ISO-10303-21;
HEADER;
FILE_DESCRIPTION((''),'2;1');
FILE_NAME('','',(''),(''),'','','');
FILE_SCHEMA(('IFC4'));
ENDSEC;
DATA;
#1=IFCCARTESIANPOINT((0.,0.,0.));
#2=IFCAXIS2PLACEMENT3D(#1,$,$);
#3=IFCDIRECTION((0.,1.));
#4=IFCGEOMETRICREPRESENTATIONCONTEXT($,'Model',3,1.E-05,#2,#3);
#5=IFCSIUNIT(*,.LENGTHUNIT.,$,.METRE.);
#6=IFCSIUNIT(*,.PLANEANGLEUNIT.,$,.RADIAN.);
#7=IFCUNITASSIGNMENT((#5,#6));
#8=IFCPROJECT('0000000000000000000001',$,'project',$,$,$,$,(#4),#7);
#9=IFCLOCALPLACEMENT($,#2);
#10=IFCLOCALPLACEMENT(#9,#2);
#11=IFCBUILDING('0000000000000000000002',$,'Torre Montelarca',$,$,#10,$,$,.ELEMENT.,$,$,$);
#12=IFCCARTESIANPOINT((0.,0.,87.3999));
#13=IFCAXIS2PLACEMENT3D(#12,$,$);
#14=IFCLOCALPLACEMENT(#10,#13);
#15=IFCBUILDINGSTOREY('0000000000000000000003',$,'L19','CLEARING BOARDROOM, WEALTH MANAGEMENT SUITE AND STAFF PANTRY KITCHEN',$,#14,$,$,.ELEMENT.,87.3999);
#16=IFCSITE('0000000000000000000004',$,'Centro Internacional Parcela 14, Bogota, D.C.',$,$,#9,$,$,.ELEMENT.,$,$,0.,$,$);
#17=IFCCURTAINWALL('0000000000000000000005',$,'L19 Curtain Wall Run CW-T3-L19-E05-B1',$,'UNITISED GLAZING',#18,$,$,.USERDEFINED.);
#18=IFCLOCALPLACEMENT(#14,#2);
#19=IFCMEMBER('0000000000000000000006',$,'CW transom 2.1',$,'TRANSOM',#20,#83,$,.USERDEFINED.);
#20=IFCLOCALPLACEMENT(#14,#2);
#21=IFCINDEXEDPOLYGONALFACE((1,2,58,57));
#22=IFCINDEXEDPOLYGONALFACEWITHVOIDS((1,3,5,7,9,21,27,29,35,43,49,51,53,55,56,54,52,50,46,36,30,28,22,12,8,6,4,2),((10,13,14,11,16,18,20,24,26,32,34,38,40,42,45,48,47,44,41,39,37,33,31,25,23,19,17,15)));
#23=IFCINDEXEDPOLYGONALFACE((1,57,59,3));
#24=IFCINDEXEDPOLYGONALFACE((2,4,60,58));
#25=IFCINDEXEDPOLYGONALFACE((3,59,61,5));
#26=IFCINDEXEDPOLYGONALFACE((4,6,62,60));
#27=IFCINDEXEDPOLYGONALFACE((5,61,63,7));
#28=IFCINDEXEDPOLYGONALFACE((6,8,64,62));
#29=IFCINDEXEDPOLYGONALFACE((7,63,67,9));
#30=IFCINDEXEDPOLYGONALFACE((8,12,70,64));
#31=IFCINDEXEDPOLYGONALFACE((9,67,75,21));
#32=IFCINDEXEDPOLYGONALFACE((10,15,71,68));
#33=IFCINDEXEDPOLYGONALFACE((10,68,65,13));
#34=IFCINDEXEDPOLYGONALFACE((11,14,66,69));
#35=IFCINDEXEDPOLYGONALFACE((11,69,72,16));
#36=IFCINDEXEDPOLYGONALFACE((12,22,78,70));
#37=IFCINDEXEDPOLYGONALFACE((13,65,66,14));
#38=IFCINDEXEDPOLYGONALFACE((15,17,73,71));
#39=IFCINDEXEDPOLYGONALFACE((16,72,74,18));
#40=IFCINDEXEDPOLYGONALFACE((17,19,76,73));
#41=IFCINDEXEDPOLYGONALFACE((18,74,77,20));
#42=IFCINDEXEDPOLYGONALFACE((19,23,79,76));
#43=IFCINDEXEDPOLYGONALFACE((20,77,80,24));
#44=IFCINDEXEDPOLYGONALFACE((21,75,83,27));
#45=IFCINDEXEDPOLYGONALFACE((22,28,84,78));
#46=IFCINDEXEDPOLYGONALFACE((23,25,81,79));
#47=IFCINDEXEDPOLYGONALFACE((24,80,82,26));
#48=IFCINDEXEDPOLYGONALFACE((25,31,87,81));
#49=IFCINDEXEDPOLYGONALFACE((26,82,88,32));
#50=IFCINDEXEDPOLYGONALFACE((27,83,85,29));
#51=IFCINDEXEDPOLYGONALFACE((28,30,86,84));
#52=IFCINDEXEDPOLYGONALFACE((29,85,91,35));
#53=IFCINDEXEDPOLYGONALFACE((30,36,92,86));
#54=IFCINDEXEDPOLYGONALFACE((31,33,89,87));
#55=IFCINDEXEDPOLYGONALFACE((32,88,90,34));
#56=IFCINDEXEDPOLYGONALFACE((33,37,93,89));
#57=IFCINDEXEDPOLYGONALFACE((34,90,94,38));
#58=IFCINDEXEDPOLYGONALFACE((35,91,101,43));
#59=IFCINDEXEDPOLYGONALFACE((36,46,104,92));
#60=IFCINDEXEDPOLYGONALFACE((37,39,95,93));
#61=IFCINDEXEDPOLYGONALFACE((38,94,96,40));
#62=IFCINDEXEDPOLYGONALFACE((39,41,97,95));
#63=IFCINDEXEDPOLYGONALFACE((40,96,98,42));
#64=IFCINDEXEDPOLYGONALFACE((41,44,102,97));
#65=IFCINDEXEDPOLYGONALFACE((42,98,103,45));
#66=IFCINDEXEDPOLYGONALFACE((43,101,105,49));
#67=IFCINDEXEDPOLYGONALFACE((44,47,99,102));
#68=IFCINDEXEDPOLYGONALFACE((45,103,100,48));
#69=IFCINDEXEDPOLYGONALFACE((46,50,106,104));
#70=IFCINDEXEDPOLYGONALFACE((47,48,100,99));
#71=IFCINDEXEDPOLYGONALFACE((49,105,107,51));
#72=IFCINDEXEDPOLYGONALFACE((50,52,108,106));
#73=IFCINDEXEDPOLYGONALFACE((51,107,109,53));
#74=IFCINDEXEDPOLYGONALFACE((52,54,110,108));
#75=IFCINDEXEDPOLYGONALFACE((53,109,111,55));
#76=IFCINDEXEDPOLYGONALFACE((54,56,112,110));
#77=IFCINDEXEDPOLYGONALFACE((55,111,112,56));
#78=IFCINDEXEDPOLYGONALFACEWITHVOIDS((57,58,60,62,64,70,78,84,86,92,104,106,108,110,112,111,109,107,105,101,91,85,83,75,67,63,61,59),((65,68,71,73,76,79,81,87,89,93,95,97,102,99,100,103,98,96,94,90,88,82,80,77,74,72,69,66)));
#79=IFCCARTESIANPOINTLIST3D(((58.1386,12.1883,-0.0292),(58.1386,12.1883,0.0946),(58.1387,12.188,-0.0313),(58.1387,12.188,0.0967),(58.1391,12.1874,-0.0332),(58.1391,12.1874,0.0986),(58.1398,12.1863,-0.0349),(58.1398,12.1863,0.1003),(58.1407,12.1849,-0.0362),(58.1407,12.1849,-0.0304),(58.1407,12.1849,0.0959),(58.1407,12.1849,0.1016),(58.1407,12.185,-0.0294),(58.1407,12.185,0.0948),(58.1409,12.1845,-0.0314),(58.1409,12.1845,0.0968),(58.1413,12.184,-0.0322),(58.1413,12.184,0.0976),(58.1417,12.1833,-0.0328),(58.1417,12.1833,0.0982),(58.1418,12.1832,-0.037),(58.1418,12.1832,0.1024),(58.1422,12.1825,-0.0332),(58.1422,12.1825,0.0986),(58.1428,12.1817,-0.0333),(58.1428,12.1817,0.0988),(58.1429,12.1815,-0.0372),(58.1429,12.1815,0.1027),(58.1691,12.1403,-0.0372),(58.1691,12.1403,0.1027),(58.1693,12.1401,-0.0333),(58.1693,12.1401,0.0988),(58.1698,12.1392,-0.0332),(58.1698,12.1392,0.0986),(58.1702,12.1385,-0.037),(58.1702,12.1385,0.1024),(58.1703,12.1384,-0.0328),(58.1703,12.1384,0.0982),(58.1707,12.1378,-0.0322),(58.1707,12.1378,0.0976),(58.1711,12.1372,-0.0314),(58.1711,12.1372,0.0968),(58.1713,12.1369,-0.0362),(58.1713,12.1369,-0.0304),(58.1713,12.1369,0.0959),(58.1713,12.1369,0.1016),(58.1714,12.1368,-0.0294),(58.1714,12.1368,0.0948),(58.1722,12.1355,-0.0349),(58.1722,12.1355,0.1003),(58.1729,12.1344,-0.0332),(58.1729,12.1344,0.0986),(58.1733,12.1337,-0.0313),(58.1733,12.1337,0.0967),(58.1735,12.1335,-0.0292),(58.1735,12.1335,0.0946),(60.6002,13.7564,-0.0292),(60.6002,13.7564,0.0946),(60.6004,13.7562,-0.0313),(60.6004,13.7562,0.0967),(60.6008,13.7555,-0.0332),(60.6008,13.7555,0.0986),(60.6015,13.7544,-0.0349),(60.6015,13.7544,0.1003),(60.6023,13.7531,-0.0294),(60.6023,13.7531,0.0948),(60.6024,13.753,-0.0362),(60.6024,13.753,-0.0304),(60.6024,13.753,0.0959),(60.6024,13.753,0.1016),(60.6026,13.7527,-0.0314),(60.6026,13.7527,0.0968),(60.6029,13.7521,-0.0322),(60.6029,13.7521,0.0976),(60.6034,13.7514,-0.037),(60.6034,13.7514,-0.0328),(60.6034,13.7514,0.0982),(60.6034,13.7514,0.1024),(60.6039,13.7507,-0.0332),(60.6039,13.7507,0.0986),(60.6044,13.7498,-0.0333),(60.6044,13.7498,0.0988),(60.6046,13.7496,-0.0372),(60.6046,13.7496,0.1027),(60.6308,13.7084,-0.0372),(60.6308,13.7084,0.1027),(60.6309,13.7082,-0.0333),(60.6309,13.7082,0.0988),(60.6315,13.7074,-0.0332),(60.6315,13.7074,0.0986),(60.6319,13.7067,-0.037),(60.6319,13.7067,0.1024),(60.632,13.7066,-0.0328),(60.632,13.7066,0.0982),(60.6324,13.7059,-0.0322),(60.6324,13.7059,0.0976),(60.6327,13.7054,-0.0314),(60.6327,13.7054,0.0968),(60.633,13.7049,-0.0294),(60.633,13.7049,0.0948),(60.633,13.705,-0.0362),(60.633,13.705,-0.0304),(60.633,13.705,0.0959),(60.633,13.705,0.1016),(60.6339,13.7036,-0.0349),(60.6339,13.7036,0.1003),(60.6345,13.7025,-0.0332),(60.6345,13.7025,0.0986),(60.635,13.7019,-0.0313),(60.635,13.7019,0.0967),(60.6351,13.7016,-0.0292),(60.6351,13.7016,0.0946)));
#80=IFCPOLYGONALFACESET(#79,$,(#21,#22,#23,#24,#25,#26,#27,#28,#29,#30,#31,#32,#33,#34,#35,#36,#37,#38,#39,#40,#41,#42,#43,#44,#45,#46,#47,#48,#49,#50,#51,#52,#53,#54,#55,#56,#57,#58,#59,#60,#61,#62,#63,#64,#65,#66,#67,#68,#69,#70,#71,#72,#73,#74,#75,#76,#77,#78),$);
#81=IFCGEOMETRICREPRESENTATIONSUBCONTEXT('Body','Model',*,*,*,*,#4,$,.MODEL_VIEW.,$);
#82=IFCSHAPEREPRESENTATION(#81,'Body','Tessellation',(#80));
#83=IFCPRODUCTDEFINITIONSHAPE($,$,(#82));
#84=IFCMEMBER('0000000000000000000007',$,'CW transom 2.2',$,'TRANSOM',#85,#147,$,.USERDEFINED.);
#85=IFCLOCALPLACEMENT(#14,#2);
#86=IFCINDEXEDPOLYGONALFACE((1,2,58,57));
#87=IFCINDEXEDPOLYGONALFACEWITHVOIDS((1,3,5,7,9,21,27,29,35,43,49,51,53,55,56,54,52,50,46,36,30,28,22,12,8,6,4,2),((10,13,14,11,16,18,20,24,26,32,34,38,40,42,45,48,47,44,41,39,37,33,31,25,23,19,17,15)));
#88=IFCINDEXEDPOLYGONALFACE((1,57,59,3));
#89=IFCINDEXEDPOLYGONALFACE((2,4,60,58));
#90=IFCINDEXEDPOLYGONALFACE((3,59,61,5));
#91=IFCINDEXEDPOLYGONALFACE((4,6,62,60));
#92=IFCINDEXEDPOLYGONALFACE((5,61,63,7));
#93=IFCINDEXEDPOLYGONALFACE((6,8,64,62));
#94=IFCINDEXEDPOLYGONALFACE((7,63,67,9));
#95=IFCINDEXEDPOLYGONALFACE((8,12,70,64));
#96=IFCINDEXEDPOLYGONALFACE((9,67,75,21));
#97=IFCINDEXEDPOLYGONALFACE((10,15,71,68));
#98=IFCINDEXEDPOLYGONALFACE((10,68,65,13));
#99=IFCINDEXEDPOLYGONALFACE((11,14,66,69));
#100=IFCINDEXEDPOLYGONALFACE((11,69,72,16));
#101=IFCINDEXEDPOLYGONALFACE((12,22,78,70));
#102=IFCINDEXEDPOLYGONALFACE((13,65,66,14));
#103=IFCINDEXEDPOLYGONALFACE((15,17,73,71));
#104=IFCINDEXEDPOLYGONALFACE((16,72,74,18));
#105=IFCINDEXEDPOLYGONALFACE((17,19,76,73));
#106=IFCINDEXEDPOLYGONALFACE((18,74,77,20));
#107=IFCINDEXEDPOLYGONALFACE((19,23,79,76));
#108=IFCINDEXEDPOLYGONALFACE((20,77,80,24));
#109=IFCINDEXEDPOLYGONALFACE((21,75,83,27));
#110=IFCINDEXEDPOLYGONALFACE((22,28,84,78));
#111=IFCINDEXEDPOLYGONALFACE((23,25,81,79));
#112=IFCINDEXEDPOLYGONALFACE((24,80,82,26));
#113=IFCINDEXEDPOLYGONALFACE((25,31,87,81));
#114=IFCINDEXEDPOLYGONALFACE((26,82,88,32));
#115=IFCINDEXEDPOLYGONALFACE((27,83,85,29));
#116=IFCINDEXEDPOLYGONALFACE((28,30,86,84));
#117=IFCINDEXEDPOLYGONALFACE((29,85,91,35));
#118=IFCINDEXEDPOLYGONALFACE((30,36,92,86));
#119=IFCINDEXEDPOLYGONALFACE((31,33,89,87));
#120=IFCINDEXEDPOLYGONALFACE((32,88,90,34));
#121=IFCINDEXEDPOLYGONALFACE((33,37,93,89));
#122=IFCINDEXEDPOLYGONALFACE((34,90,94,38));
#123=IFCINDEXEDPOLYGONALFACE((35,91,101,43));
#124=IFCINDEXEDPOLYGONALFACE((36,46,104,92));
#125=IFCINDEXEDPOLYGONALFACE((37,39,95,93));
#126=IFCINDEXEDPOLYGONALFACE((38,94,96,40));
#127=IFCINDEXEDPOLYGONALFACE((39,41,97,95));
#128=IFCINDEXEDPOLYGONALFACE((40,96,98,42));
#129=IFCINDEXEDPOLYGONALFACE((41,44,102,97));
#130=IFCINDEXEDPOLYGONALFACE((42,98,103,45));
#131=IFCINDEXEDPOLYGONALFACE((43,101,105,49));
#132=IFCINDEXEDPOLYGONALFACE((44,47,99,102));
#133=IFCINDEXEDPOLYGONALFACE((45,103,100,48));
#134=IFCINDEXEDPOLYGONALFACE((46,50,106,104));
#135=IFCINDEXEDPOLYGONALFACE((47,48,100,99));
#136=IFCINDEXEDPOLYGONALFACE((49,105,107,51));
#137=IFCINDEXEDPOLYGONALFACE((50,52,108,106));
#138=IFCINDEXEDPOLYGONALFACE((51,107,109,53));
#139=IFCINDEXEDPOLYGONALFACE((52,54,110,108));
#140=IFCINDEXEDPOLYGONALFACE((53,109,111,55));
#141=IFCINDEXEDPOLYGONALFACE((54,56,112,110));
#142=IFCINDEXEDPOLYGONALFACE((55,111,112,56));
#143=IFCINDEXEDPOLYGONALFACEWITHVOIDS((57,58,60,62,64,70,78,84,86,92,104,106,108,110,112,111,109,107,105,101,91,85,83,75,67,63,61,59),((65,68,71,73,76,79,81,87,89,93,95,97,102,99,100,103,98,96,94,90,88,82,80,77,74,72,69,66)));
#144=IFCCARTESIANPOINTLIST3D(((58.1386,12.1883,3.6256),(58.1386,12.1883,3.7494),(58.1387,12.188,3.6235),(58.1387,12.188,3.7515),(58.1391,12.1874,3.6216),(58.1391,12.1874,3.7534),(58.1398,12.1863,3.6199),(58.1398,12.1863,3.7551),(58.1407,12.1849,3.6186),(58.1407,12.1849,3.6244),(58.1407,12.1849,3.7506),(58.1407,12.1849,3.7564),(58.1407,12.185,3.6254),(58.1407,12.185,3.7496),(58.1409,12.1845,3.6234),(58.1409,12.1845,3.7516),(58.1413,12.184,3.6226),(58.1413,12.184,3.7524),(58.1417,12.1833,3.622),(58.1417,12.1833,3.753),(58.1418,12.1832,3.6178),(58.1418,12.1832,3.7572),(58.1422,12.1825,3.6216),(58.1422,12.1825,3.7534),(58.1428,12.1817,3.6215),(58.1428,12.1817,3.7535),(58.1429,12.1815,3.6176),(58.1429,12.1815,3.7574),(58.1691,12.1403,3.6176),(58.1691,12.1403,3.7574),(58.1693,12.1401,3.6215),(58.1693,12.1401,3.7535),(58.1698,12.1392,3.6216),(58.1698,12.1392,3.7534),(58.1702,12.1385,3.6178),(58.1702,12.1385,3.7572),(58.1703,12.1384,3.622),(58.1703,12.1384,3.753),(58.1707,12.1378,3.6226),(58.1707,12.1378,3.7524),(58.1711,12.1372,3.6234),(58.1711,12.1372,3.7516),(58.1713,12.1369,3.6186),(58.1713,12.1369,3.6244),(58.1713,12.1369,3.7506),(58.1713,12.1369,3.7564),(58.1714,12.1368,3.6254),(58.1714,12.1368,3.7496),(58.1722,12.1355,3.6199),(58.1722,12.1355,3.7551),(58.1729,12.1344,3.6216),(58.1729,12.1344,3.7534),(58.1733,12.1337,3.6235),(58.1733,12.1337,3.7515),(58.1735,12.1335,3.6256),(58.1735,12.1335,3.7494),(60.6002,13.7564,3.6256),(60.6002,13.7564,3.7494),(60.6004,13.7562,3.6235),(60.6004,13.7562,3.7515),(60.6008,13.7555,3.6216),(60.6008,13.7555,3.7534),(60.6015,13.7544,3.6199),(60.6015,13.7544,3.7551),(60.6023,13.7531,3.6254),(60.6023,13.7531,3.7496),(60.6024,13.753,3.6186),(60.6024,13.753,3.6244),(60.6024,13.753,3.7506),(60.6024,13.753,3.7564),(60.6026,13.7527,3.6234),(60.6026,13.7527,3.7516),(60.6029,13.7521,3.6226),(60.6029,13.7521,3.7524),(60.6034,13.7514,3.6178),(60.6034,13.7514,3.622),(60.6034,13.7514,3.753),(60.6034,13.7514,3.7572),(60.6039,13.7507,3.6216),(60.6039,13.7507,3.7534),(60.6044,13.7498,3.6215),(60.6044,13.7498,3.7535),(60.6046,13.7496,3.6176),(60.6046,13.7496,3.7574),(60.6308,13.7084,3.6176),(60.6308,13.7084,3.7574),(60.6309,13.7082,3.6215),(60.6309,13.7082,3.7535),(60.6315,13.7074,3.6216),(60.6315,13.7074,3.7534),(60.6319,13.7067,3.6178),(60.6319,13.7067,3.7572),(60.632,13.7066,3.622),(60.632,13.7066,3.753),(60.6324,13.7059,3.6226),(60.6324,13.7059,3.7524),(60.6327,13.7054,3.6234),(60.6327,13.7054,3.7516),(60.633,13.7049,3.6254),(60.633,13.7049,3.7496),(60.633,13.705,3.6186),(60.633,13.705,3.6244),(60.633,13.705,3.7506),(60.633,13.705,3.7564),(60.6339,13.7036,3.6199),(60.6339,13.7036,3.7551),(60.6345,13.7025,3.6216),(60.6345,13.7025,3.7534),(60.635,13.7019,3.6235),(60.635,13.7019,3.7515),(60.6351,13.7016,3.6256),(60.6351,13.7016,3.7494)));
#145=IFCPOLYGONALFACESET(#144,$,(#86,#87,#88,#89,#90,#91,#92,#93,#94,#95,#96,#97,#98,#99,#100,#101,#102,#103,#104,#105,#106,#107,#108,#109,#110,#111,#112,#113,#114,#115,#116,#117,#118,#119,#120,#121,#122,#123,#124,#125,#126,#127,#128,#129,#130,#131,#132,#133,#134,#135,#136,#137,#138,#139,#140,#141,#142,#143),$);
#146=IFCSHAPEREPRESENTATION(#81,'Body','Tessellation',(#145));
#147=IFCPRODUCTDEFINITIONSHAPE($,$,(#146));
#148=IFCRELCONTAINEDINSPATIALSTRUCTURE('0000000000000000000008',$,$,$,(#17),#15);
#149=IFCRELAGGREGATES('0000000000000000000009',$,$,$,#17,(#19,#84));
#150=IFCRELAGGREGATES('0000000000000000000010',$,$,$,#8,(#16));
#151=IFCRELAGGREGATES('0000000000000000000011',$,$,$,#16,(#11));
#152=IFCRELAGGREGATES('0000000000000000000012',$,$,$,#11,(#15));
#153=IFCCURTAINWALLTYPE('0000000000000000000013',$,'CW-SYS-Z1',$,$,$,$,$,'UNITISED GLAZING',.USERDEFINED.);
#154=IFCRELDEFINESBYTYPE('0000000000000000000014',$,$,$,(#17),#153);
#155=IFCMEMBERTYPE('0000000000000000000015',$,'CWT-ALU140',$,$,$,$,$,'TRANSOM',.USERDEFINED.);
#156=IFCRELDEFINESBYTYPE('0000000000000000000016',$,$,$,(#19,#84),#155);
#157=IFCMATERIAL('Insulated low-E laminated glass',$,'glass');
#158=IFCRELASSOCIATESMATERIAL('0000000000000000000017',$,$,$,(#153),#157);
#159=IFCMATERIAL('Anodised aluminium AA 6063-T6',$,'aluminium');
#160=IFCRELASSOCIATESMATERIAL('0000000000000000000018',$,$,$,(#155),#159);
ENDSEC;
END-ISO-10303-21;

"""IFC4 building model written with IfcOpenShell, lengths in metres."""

from ifc_helpers import new_model, si_unit, direction, frame, origin, origin_2d, place, context, subcontext, project, spatial, hollow_rectangle, extrude, source, transform, mapped, material, material_profile, profile_set, type_object, element, aggregate, save


model = new_model("IFC4")

# Units and contexts
model_context = context("Model", 3, precision=1e-05, world=origin(), true_north=direction((0.0, 1.0)))
body_context = subcontext(model_context, "Body", "Model", "MODEL_VIEW")
ifc_project = project(units=[si_unit("LENGTHUNIT", "METRE"), si_unit("PLANEANGLEUNIT", "RADIAN")], contexts=[model_context])

# Site, building, storey
site_placement = place(None, origin())
site = spatial("IfcSite", under=ifc_project, at=site_placement, Name="Centro Internacional Parcela 14, Bogota, D.C.", CompositionType="ELEMENT", RefElevation=0.0)
building_placement = place(site_placement, origin())
building = spatial("IfcBuilding", under=site, at=building_placement, Name="Torre Montelarca", CompositionType="ELEMENT")
storey_placement = place(building_placement, frame((0.0, 0.0, 87.3999)))
storey = spatial("IfcBuildingStorey", under=building, at=storey_placement, Name="L19", Description="CLEARING BOARDROOM, WEALTH MANAGEMENT SUITE AND STAFF PANTRY KITCHEN", CompositionType="ELEMENT", Elevation=87.3999)

# Curtain wall, members
ifc_material_1 = material(Name="Insulated low-E laminated glass", Category="glass")
curtain_wall_type = type_object("IfcCurtainWallType", Name="CW-SYS-Z1", ElementType="UNITISED GLAZING", PredefinedType="USERDEFINED", material=ifc_material_1)
ifc_material_2 = material(Name="Anodised aluminium AA 6063-T6", Category="aluminium")
ifc_material_profile_1 = material_profile(ifc_material_2, hollow_rectangle(XDim=0.0649, YDim=0.1399, WallThickness=0.0039, InnerFilletRadius=0.0039, OuterFilletRadius=0.0081, at=origin_2d()), Name="ALU65X140X4", Category="aluminium")
ifc_profile_set_1 = profile_set([ifc_material_profile_1], Name="Anodised aluminium AA 6063-T6")
member_type_1 = type_object("IfcMemberType", Name="CWT-ALU140", ElementType="TRANSOM", PredefinedType="USERDEFINED", material=ifc_profile_set_1)
curtain_wall_1_placement = place(storey_placement, origin())
curtain_wall_1 = element("IfcCurtainWall", 1, at=curtain_wall_1_placement, inside=storey, type_object=curtain_wall_type, Name="L19 Curtain Wall Run CW-T3-L19-E05-B1", ObjectType="UNITISED GLAZING", PredefinedType="USERDEFINED")
shared_shape_1 = source(origin(), body_context, "Body", "SweptSolid", [
    extrude(hollow_rectangle(XDim=0.0649, YDim=0.1399, WallThickness=0.0039, InnerFilletRadius=0.0039, OuterFilletRadius=0.0081, at=origin_2d()), origin(), (0.0, 0.0, 1.0), 2.9187),
])
member_1_placement = place(storey_placement, frame((58.156, 12.1609, 0.0327), z_axis=(0.843413, 0.537265, 0.0), x_axis=(-0.537265, 0.843413, 0.0)))
member_1 = element("IfcMember", 2, at=member_1_placement, type_object=member_type_1, Name="CW transom 2.1", ObjectType="TRANSOM", PredefinedType="USERDEFINED", context=body_context, shape_type="MappedRepresentation", body=[
    mapped(shared_shape_1, transform((0.0, 0.0, 0.0), scale=1.0)),
])
member_2_placement = place(storey_placement, frame((58.156, 12.1609, 3.6875), z_axis=(0.843413, 0.537265, 0.0), x_axis=(-0.537265, 0.843413, 0.0)))
member_2 = element("IfcMember", 3, at=member_2_placement, type_object=member_type_1, Name="CW transom 2.2", ObjectType="TRANSOM", PredefinedType="USERDEFINED", context=body_context, shape_type="MappedRepresentation", body=[
    mapped(shared_shape_1, transform((0.0, 0.0, 0.0), scale=1.0)),
])

aggregate(curtain_wall_1, [member_1, member_2])

save(model, "model.ifc")
